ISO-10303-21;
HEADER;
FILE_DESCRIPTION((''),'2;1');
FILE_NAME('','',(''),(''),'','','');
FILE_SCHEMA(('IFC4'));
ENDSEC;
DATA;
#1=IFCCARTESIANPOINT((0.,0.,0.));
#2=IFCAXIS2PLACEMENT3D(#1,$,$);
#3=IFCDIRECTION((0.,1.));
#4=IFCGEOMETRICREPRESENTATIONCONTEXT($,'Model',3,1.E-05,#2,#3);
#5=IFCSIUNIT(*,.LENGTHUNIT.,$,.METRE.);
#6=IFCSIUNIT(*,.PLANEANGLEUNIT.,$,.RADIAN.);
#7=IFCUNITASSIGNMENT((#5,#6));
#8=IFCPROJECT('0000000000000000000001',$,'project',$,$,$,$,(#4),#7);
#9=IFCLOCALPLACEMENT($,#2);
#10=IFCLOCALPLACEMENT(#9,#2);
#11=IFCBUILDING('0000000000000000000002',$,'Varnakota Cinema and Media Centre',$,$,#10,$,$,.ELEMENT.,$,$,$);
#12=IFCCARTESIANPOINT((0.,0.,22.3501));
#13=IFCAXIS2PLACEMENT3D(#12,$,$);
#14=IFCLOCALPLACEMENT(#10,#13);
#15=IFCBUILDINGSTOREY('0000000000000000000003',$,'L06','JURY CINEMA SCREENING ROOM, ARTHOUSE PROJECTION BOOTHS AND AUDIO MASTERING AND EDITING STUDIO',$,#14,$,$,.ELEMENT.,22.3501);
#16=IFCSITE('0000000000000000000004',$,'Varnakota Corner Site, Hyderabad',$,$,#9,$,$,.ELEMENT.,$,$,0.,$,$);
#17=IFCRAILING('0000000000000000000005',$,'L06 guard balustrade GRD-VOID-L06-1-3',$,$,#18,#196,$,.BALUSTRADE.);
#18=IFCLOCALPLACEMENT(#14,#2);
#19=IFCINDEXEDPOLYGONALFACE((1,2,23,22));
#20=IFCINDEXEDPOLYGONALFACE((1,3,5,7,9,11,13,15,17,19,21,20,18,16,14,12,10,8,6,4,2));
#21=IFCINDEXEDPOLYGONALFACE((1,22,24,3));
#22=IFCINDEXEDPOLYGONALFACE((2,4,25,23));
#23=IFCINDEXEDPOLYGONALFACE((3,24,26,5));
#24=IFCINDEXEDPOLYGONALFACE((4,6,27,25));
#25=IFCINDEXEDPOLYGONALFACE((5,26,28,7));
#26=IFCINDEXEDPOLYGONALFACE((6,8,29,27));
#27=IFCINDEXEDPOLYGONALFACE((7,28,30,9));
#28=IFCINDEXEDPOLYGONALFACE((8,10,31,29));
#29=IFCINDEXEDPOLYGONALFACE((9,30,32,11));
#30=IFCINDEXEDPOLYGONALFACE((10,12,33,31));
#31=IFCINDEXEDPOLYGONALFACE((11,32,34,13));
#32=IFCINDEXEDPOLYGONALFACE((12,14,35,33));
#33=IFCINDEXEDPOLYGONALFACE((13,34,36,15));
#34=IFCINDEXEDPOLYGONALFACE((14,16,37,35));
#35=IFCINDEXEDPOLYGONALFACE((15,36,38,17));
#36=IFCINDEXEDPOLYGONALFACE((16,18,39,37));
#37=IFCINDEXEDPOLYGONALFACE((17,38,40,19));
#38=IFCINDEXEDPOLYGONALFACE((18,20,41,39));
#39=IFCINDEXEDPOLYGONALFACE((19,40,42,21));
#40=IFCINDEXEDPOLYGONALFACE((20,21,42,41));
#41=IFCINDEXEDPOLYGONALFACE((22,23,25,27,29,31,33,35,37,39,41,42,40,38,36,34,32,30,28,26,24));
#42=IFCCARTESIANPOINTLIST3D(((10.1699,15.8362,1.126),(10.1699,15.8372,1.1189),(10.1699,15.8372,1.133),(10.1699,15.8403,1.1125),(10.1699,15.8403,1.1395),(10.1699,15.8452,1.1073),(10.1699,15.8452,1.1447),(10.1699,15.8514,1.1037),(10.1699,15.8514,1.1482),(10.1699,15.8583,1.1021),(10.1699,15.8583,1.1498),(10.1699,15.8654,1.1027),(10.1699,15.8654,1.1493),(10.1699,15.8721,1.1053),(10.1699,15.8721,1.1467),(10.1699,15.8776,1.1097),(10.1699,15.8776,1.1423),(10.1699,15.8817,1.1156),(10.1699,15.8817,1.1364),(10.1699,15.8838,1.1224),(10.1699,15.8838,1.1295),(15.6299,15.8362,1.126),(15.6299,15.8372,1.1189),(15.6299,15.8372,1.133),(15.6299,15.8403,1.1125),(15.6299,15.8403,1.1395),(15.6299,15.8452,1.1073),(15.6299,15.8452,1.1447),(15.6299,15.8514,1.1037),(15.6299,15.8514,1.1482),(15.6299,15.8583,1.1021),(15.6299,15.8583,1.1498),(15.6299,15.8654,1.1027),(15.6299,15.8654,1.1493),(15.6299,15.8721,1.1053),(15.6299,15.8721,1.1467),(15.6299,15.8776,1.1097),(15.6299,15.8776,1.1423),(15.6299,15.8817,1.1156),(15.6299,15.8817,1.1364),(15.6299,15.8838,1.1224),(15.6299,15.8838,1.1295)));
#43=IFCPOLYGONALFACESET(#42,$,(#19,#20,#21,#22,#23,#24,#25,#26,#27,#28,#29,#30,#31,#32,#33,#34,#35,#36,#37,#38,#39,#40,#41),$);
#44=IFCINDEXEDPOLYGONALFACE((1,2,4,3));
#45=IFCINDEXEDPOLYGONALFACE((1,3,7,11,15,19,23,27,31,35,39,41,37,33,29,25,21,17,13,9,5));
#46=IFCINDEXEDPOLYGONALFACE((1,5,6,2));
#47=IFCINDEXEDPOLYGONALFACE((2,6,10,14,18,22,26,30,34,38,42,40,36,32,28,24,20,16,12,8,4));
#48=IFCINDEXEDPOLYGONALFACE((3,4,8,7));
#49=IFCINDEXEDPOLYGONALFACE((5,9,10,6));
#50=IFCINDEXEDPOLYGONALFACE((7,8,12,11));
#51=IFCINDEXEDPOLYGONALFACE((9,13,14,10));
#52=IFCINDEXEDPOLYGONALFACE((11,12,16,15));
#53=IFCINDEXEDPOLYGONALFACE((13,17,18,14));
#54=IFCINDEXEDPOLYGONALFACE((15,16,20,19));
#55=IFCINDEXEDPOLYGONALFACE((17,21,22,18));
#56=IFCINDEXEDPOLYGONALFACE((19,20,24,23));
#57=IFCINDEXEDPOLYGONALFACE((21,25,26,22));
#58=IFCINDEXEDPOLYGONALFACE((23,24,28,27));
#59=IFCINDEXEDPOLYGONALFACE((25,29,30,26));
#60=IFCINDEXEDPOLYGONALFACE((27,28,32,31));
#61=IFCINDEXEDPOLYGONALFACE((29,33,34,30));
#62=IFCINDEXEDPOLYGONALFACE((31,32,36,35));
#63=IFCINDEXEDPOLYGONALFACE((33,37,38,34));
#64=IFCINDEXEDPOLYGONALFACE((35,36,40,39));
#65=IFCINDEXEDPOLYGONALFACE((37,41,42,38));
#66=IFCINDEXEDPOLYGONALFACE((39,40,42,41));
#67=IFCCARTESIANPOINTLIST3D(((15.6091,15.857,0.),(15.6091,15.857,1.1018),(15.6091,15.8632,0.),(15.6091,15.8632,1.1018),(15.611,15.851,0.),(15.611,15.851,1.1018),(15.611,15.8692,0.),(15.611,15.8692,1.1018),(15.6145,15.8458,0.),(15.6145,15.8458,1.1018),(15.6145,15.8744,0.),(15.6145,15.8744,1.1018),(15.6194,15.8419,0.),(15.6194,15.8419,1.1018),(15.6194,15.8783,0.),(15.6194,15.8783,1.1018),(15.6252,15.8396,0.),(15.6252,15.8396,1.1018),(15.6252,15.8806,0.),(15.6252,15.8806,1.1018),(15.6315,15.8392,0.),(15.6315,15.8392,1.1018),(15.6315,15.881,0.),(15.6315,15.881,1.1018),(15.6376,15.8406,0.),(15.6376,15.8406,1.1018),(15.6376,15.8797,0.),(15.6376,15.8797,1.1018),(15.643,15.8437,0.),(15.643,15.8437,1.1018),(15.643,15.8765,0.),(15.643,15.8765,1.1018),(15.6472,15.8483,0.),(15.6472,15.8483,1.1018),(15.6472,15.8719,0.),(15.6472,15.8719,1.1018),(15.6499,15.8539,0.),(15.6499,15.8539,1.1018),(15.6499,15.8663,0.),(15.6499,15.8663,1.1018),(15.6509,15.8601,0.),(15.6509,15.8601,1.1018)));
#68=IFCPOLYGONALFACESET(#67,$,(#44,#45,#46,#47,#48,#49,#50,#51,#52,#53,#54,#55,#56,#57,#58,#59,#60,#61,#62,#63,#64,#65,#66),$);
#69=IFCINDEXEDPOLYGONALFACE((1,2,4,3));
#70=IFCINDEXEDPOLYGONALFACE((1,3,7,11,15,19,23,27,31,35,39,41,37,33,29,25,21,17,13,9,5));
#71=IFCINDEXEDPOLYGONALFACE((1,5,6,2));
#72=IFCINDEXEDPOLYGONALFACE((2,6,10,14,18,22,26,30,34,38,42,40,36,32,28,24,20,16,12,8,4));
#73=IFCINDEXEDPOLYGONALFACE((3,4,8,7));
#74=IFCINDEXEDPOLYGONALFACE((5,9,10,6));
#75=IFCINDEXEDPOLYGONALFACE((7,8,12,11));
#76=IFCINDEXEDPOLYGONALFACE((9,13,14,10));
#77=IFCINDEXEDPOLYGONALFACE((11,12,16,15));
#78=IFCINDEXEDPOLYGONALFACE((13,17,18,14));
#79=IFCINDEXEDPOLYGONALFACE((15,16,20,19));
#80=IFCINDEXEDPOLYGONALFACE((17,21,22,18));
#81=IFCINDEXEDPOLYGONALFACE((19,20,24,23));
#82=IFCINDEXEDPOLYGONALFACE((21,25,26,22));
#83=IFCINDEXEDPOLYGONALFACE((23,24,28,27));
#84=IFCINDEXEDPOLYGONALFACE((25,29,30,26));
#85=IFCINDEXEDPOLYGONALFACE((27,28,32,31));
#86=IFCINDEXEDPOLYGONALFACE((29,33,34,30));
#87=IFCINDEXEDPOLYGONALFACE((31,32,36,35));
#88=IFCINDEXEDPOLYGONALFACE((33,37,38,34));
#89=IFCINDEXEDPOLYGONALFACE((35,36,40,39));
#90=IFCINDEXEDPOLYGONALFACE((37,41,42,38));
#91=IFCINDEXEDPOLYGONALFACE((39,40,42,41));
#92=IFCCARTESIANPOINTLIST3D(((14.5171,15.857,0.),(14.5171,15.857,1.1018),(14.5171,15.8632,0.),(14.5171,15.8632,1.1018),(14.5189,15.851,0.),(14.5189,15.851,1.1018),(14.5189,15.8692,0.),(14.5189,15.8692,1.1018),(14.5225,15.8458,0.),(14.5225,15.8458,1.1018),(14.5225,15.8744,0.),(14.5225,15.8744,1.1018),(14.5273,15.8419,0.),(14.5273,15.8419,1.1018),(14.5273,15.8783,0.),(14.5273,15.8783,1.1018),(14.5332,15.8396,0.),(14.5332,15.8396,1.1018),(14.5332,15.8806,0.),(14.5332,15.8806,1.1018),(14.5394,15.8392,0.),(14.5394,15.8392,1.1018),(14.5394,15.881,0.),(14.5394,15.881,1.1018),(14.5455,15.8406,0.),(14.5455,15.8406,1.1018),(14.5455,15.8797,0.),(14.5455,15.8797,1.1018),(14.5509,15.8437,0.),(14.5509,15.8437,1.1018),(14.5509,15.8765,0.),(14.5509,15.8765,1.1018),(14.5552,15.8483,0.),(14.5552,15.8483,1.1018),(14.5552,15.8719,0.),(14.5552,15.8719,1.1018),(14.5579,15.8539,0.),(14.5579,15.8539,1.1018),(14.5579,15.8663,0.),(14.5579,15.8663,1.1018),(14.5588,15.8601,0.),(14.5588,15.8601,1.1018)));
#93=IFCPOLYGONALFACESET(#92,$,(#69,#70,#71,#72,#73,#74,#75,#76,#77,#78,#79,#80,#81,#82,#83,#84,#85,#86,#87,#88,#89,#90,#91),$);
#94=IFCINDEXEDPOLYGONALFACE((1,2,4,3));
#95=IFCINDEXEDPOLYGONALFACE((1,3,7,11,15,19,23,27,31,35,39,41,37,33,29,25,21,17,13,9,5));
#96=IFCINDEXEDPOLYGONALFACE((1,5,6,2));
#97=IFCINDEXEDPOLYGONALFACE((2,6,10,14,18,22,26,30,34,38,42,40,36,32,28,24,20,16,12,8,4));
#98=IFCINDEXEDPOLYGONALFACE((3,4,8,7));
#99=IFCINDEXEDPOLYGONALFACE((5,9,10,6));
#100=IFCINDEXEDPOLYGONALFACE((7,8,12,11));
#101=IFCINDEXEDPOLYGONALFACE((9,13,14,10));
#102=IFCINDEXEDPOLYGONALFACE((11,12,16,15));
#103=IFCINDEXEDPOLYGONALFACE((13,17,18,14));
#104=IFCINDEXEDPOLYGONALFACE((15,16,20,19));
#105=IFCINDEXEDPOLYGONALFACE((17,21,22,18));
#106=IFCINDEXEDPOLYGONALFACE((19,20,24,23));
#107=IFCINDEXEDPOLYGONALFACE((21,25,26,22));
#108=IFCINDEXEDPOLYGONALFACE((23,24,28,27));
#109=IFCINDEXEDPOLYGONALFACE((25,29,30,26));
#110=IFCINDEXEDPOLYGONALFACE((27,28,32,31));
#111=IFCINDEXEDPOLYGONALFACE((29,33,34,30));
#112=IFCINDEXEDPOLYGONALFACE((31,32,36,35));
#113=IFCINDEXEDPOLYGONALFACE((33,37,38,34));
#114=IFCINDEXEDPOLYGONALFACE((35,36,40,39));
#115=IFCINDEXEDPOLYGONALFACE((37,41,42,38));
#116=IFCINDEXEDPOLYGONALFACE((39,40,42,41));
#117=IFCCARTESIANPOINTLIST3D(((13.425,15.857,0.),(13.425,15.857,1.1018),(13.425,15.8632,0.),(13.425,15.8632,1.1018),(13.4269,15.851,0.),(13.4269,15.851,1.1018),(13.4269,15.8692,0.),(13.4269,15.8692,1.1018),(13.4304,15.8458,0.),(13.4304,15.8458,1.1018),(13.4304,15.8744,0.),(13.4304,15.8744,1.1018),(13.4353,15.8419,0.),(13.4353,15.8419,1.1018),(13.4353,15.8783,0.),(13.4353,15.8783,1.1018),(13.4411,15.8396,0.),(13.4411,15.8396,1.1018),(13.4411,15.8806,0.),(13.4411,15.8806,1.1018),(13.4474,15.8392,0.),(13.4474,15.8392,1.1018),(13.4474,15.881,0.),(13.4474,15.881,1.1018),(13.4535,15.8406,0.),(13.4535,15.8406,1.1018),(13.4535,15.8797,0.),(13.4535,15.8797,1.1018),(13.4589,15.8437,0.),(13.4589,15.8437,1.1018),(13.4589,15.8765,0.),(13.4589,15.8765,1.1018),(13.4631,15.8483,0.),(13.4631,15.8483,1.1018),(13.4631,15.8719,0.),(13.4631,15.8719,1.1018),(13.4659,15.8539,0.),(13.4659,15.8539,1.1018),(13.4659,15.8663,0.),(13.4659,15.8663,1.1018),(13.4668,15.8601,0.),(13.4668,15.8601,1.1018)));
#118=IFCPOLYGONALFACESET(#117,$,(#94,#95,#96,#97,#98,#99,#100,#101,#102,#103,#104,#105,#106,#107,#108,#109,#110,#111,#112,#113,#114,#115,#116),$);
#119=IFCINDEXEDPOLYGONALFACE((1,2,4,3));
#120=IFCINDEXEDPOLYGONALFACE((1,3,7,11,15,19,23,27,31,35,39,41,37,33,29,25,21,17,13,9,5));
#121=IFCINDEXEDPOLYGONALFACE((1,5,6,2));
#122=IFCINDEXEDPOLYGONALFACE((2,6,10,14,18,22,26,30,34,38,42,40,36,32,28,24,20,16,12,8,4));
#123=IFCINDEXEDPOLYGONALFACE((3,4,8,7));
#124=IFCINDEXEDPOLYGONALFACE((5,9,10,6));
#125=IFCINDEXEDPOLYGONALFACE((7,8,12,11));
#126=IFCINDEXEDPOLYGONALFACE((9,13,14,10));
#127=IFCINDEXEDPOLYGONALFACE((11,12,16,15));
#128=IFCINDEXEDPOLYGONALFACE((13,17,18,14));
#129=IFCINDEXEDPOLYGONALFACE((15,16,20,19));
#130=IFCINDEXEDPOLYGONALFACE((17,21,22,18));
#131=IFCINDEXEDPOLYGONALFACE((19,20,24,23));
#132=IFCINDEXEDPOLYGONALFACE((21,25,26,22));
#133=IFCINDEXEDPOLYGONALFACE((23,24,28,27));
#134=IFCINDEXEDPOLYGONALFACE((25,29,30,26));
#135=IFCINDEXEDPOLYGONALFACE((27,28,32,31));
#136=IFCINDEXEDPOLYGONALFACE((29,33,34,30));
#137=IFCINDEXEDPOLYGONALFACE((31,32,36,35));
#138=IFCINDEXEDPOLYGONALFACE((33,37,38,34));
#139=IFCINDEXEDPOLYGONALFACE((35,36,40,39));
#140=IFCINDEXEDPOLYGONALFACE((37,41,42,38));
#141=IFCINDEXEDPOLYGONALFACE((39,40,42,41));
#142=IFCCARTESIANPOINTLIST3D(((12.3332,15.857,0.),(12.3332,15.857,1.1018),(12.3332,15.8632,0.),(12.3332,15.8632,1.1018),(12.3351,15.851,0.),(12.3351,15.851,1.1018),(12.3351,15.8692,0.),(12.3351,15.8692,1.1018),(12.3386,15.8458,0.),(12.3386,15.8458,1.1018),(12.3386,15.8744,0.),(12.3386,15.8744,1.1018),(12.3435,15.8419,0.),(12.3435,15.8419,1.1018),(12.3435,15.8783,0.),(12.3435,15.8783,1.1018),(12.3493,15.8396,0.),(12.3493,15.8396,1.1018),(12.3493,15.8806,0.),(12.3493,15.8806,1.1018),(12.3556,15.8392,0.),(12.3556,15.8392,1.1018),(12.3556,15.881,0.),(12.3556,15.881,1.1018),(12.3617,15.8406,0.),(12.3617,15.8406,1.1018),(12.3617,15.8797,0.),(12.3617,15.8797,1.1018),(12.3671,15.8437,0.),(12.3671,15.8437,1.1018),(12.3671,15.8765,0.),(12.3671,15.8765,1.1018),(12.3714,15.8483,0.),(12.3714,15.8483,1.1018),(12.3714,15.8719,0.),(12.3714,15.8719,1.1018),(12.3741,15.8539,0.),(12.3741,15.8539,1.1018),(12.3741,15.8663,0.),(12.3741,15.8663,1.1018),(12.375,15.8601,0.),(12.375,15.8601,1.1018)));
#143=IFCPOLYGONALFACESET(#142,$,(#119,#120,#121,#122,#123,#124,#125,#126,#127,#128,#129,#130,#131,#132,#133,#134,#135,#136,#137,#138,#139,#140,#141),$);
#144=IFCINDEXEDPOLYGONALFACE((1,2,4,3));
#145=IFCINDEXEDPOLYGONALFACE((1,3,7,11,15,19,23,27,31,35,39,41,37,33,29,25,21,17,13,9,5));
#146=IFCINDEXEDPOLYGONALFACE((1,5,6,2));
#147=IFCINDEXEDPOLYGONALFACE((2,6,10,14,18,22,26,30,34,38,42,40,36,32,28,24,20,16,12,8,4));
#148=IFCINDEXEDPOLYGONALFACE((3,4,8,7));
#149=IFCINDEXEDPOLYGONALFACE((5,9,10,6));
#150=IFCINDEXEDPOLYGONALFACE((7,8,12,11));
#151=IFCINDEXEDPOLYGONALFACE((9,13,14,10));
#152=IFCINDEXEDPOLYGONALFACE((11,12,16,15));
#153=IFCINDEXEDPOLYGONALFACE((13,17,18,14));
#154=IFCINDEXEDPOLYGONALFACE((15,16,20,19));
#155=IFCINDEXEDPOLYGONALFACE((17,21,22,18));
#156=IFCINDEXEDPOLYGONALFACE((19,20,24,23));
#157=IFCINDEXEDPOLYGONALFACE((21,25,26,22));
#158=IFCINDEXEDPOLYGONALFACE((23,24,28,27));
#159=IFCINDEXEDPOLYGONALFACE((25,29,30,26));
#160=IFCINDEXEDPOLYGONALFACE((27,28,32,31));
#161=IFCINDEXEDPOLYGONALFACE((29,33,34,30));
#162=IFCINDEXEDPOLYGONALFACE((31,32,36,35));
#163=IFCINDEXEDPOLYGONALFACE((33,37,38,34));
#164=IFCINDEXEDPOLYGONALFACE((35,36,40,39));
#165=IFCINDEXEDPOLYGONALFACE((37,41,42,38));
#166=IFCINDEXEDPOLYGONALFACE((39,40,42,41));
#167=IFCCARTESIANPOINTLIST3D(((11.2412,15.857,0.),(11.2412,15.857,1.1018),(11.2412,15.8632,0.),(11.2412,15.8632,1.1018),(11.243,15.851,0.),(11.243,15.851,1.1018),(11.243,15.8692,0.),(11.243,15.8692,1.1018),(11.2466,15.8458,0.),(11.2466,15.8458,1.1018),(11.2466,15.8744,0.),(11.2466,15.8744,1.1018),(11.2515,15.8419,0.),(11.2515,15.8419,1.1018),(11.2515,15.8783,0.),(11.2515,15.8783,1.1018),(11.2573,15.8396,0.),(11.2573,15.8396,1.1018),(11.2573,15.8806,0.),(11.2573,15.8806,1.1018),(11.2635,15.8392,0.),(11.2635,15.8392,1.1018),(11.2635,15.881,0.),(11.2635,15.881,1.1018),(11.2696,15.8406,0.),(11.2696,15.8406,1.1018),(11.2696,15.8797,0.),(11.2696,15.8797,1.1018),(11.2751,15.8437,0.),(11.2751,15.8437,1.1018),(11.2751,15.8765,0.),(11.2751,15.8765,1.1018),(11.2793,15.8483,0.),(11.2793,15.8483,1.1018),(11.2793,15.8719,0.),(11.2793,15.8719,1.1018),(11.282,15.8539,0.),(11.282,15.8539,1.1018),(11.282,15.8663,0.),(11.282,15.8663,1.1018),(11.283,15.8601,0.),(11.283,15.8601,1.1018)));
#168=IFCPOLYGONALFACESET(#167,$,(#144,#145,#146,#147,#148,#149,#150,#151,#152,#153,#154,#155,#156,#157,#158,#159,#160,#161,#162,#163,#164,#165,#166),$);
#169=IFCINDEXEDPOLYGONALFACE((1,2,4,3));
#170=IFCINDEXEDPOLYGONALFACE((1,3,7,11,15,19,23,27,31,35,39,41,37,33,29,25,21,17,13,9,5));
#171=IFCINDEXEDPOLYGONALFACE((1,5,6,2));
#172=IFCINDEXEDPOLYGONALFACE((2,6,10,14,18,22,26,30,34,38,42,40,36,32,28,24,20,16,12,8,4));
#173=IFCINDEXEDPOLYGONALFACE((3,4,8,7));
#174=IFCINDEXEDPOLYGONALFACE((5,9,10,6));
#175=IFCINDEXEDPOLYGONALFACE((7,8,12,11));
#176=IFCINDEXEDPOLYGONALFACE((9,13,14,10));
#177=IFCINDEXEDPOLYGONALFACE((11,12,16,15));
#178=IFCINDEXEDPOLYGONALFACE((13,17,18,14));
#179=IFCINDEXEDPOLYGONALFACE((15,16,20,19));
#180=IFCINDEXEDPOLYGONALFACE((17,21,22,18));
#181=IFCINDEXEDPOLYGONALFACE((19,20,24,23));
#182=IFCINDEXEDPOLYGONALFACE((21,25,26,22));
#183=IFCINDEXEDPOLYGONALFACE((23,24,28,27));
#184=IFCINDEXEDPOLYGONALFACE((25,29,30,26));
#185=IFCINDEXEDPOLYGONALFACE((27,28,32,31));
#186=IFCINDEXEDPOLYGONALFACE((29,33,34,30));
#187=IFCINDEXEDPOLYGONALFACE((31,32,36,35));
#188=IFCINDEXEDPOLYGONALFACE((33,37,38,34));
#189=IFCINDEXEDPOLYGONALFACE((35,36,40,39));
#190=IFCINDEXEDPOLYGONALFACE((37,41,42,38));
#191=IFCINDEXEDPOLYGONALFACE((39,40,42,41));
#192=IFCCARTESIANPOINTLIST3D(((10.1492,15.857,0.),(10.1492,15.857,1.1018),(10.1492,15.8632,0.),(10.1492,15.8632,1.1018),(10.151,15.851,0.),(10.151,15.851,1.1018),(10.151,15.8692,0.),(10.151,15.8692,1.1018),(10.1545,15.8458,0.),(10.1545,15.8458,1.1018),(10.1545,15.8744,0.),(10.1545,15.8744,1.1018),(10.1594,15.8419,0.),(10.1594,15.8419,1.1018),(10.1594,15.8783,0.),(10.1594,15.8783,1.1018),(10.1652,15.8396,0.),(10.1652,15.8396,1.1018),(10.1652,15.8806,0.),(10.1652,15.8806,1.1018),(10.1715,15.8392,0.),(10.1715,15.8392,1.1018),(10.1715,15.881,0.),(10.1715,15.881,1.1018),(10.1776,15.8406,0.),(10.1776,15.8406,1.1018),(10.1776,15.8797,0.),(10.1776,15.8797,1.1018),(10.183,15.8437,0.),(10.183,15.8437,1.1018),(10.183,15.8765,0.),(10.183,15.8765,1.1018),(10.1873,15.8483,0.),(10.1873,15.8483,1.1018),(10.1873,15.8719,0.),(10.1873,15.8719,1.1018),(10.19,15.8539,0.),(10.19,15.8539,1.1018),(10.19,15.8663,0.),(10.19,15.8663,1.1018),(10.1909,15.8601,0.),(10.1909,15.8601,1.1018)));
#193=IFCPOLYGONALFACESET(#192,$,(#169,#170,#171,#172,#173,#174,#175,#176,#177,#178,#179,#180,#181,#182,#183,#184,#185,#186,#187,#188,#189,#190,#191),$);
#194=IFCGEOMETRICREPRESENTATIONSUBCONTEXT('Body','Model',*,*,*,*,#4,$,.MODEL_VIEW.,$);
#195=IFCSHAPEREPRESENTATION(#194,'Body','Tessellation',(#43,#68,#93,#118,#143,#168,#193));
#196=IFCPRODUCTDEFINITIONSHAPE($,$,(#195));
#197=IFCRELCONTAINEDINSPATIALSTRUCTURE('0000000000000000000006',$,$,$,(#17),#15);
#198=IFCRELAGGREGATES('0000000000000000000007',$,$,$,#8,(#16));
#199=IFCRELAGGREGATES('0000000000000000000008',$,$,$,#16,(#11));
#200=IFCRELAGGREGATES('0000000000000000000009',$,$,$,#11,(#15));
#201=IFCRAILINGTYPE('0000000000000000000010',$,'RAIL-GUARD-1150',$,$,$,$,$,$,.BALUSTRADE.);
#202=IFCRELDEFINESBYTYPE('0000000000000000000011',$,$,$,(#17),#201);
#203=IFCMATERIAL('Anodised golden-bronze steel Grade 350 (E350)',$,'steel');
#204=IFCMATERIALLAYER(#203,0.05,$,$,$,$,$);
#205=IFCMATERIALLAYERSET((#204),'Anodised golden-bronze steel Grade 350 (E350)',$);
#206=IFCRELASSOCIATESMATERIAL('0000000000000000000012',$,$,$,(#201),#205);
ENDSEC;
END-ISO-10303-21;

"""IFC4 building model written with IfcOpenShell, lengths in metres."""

from ifc_helpers import new_model, si_unit, direction, frame, origin, origin_2d, place, context, subcontext, project, spatial, circle, extrude, material, layer, layer_set, type_object, element, save


model = new_model("IFC4")

# Units and contexts
model_context = context("Model", 3, precision=1e-05, world=origin(), true_north=direction((0.0, 1.0)))
body_context = subcontext(model_context, "Body", "Model", "MODEL_VIEW")
ifc_project = project(units=[si_unit("LENGTHUNIT", "METRE"), si_unit("PLANEANGLEUNIT", "RADIAN")], contexts=[model_context])

# Site, building, storey
site_placement = place(None, origin())
site = spatial("IfcSite", under=ifc_project, at=site_placement, Name="Varnakota Corner Site, Hyderabad", CompositionType="ELEMENT", RefElevation=0.0)
building_placement = place(site_placement, origin())
building = spatial("IfcBuilding", under=site, at=building_placement, Name="Varnakota Cinema and Media Centre", CompositionType="ELEMENT")
storey_placement = place(building_placement, frame((0.0, 0.0, 22.3501)))
storey = spatial("IfcBuildingStorey", under=building, at=storey_placement, Name="L06", Description="JURY CINEMA SCREENING ROOM, ARTHOUSE PROJECTION BOOTHS AND AUDIO MASTERING AND EDITING STUDIO", CompositionType="ELEMENT", Elevation=22.3501)

# Railing
ifc_material_1 = material(Name="Anodised golden-bronze steel Grade 350 (E350)", Category="steel")
ifc_layer_1 = layer(ifc_material_1, 0.05)
ifc_layer_set_1 = layer_set([ifc_layer_1], Name="Anodised golden-bronze steel Grade 350 (E350)")
railing_type_1 = type_object("IfcRailingType", Name="RAIL-GUARD-1150", PredefinedType="BALUSTRADE", material=ifc_layer_set_1)
railing_1_placement = place(storey_placement, frame((15.6299, 15.8601, 0.0)))
element("IfcRailing", 1, at=railing_1_placement, inside=storey, type_object=railing_type_1, Name="L06 guard balustrade GRD-VOID-L06-1-3", PredefinedType="BALUSTRADE", context=body_context, shape_type="SweptSolid", body=[
    extrude(circle(Radius=0.0239, at=origin_2d()), frame((0.0, 0.0, 1.126), z_axis=(-1.0, 0.0, 0.0), x_axis=(0.0, -1.0, 0.0)), (0.0, 0.0, 1.0), 5.46),
    extrude(circle(Radius=0.021, at=origin_2d()), origin(), (0.0, 0.0, 1.0), 1.1018),
    extrude(circle(Radius=0.021, at=origin_2d()), frame((-1.092, 0.0, 0.0)), (0.0, 0.0, 1.0), 1.1018),
    extrude(circle(Radius=0.021, at=origin_2d()), frame((-2.1841, 0.0, 0.0)), (0.0, 0.0, 1.0), 1.1018),
    extrude(circle(Radius=0.021, at=origin_2d()), frame((-3.2759, 0.0, 0.0)), (0.0, 0.0, 1.0), 1.1018),
    extrude(circle(Radius=0.021, at=origin_2d()), frame((-4.3679, 0.0, 0.0)), (0.0, 0.0, 1.0), 1.1018),
    extrude(circle(Radius=0.021, at=origin_2d()), frame((-5.46, 0.0, 0.0)), (0.0, 0.0, 1.0), 1.1018),
])

save(model, "model.ifc")
